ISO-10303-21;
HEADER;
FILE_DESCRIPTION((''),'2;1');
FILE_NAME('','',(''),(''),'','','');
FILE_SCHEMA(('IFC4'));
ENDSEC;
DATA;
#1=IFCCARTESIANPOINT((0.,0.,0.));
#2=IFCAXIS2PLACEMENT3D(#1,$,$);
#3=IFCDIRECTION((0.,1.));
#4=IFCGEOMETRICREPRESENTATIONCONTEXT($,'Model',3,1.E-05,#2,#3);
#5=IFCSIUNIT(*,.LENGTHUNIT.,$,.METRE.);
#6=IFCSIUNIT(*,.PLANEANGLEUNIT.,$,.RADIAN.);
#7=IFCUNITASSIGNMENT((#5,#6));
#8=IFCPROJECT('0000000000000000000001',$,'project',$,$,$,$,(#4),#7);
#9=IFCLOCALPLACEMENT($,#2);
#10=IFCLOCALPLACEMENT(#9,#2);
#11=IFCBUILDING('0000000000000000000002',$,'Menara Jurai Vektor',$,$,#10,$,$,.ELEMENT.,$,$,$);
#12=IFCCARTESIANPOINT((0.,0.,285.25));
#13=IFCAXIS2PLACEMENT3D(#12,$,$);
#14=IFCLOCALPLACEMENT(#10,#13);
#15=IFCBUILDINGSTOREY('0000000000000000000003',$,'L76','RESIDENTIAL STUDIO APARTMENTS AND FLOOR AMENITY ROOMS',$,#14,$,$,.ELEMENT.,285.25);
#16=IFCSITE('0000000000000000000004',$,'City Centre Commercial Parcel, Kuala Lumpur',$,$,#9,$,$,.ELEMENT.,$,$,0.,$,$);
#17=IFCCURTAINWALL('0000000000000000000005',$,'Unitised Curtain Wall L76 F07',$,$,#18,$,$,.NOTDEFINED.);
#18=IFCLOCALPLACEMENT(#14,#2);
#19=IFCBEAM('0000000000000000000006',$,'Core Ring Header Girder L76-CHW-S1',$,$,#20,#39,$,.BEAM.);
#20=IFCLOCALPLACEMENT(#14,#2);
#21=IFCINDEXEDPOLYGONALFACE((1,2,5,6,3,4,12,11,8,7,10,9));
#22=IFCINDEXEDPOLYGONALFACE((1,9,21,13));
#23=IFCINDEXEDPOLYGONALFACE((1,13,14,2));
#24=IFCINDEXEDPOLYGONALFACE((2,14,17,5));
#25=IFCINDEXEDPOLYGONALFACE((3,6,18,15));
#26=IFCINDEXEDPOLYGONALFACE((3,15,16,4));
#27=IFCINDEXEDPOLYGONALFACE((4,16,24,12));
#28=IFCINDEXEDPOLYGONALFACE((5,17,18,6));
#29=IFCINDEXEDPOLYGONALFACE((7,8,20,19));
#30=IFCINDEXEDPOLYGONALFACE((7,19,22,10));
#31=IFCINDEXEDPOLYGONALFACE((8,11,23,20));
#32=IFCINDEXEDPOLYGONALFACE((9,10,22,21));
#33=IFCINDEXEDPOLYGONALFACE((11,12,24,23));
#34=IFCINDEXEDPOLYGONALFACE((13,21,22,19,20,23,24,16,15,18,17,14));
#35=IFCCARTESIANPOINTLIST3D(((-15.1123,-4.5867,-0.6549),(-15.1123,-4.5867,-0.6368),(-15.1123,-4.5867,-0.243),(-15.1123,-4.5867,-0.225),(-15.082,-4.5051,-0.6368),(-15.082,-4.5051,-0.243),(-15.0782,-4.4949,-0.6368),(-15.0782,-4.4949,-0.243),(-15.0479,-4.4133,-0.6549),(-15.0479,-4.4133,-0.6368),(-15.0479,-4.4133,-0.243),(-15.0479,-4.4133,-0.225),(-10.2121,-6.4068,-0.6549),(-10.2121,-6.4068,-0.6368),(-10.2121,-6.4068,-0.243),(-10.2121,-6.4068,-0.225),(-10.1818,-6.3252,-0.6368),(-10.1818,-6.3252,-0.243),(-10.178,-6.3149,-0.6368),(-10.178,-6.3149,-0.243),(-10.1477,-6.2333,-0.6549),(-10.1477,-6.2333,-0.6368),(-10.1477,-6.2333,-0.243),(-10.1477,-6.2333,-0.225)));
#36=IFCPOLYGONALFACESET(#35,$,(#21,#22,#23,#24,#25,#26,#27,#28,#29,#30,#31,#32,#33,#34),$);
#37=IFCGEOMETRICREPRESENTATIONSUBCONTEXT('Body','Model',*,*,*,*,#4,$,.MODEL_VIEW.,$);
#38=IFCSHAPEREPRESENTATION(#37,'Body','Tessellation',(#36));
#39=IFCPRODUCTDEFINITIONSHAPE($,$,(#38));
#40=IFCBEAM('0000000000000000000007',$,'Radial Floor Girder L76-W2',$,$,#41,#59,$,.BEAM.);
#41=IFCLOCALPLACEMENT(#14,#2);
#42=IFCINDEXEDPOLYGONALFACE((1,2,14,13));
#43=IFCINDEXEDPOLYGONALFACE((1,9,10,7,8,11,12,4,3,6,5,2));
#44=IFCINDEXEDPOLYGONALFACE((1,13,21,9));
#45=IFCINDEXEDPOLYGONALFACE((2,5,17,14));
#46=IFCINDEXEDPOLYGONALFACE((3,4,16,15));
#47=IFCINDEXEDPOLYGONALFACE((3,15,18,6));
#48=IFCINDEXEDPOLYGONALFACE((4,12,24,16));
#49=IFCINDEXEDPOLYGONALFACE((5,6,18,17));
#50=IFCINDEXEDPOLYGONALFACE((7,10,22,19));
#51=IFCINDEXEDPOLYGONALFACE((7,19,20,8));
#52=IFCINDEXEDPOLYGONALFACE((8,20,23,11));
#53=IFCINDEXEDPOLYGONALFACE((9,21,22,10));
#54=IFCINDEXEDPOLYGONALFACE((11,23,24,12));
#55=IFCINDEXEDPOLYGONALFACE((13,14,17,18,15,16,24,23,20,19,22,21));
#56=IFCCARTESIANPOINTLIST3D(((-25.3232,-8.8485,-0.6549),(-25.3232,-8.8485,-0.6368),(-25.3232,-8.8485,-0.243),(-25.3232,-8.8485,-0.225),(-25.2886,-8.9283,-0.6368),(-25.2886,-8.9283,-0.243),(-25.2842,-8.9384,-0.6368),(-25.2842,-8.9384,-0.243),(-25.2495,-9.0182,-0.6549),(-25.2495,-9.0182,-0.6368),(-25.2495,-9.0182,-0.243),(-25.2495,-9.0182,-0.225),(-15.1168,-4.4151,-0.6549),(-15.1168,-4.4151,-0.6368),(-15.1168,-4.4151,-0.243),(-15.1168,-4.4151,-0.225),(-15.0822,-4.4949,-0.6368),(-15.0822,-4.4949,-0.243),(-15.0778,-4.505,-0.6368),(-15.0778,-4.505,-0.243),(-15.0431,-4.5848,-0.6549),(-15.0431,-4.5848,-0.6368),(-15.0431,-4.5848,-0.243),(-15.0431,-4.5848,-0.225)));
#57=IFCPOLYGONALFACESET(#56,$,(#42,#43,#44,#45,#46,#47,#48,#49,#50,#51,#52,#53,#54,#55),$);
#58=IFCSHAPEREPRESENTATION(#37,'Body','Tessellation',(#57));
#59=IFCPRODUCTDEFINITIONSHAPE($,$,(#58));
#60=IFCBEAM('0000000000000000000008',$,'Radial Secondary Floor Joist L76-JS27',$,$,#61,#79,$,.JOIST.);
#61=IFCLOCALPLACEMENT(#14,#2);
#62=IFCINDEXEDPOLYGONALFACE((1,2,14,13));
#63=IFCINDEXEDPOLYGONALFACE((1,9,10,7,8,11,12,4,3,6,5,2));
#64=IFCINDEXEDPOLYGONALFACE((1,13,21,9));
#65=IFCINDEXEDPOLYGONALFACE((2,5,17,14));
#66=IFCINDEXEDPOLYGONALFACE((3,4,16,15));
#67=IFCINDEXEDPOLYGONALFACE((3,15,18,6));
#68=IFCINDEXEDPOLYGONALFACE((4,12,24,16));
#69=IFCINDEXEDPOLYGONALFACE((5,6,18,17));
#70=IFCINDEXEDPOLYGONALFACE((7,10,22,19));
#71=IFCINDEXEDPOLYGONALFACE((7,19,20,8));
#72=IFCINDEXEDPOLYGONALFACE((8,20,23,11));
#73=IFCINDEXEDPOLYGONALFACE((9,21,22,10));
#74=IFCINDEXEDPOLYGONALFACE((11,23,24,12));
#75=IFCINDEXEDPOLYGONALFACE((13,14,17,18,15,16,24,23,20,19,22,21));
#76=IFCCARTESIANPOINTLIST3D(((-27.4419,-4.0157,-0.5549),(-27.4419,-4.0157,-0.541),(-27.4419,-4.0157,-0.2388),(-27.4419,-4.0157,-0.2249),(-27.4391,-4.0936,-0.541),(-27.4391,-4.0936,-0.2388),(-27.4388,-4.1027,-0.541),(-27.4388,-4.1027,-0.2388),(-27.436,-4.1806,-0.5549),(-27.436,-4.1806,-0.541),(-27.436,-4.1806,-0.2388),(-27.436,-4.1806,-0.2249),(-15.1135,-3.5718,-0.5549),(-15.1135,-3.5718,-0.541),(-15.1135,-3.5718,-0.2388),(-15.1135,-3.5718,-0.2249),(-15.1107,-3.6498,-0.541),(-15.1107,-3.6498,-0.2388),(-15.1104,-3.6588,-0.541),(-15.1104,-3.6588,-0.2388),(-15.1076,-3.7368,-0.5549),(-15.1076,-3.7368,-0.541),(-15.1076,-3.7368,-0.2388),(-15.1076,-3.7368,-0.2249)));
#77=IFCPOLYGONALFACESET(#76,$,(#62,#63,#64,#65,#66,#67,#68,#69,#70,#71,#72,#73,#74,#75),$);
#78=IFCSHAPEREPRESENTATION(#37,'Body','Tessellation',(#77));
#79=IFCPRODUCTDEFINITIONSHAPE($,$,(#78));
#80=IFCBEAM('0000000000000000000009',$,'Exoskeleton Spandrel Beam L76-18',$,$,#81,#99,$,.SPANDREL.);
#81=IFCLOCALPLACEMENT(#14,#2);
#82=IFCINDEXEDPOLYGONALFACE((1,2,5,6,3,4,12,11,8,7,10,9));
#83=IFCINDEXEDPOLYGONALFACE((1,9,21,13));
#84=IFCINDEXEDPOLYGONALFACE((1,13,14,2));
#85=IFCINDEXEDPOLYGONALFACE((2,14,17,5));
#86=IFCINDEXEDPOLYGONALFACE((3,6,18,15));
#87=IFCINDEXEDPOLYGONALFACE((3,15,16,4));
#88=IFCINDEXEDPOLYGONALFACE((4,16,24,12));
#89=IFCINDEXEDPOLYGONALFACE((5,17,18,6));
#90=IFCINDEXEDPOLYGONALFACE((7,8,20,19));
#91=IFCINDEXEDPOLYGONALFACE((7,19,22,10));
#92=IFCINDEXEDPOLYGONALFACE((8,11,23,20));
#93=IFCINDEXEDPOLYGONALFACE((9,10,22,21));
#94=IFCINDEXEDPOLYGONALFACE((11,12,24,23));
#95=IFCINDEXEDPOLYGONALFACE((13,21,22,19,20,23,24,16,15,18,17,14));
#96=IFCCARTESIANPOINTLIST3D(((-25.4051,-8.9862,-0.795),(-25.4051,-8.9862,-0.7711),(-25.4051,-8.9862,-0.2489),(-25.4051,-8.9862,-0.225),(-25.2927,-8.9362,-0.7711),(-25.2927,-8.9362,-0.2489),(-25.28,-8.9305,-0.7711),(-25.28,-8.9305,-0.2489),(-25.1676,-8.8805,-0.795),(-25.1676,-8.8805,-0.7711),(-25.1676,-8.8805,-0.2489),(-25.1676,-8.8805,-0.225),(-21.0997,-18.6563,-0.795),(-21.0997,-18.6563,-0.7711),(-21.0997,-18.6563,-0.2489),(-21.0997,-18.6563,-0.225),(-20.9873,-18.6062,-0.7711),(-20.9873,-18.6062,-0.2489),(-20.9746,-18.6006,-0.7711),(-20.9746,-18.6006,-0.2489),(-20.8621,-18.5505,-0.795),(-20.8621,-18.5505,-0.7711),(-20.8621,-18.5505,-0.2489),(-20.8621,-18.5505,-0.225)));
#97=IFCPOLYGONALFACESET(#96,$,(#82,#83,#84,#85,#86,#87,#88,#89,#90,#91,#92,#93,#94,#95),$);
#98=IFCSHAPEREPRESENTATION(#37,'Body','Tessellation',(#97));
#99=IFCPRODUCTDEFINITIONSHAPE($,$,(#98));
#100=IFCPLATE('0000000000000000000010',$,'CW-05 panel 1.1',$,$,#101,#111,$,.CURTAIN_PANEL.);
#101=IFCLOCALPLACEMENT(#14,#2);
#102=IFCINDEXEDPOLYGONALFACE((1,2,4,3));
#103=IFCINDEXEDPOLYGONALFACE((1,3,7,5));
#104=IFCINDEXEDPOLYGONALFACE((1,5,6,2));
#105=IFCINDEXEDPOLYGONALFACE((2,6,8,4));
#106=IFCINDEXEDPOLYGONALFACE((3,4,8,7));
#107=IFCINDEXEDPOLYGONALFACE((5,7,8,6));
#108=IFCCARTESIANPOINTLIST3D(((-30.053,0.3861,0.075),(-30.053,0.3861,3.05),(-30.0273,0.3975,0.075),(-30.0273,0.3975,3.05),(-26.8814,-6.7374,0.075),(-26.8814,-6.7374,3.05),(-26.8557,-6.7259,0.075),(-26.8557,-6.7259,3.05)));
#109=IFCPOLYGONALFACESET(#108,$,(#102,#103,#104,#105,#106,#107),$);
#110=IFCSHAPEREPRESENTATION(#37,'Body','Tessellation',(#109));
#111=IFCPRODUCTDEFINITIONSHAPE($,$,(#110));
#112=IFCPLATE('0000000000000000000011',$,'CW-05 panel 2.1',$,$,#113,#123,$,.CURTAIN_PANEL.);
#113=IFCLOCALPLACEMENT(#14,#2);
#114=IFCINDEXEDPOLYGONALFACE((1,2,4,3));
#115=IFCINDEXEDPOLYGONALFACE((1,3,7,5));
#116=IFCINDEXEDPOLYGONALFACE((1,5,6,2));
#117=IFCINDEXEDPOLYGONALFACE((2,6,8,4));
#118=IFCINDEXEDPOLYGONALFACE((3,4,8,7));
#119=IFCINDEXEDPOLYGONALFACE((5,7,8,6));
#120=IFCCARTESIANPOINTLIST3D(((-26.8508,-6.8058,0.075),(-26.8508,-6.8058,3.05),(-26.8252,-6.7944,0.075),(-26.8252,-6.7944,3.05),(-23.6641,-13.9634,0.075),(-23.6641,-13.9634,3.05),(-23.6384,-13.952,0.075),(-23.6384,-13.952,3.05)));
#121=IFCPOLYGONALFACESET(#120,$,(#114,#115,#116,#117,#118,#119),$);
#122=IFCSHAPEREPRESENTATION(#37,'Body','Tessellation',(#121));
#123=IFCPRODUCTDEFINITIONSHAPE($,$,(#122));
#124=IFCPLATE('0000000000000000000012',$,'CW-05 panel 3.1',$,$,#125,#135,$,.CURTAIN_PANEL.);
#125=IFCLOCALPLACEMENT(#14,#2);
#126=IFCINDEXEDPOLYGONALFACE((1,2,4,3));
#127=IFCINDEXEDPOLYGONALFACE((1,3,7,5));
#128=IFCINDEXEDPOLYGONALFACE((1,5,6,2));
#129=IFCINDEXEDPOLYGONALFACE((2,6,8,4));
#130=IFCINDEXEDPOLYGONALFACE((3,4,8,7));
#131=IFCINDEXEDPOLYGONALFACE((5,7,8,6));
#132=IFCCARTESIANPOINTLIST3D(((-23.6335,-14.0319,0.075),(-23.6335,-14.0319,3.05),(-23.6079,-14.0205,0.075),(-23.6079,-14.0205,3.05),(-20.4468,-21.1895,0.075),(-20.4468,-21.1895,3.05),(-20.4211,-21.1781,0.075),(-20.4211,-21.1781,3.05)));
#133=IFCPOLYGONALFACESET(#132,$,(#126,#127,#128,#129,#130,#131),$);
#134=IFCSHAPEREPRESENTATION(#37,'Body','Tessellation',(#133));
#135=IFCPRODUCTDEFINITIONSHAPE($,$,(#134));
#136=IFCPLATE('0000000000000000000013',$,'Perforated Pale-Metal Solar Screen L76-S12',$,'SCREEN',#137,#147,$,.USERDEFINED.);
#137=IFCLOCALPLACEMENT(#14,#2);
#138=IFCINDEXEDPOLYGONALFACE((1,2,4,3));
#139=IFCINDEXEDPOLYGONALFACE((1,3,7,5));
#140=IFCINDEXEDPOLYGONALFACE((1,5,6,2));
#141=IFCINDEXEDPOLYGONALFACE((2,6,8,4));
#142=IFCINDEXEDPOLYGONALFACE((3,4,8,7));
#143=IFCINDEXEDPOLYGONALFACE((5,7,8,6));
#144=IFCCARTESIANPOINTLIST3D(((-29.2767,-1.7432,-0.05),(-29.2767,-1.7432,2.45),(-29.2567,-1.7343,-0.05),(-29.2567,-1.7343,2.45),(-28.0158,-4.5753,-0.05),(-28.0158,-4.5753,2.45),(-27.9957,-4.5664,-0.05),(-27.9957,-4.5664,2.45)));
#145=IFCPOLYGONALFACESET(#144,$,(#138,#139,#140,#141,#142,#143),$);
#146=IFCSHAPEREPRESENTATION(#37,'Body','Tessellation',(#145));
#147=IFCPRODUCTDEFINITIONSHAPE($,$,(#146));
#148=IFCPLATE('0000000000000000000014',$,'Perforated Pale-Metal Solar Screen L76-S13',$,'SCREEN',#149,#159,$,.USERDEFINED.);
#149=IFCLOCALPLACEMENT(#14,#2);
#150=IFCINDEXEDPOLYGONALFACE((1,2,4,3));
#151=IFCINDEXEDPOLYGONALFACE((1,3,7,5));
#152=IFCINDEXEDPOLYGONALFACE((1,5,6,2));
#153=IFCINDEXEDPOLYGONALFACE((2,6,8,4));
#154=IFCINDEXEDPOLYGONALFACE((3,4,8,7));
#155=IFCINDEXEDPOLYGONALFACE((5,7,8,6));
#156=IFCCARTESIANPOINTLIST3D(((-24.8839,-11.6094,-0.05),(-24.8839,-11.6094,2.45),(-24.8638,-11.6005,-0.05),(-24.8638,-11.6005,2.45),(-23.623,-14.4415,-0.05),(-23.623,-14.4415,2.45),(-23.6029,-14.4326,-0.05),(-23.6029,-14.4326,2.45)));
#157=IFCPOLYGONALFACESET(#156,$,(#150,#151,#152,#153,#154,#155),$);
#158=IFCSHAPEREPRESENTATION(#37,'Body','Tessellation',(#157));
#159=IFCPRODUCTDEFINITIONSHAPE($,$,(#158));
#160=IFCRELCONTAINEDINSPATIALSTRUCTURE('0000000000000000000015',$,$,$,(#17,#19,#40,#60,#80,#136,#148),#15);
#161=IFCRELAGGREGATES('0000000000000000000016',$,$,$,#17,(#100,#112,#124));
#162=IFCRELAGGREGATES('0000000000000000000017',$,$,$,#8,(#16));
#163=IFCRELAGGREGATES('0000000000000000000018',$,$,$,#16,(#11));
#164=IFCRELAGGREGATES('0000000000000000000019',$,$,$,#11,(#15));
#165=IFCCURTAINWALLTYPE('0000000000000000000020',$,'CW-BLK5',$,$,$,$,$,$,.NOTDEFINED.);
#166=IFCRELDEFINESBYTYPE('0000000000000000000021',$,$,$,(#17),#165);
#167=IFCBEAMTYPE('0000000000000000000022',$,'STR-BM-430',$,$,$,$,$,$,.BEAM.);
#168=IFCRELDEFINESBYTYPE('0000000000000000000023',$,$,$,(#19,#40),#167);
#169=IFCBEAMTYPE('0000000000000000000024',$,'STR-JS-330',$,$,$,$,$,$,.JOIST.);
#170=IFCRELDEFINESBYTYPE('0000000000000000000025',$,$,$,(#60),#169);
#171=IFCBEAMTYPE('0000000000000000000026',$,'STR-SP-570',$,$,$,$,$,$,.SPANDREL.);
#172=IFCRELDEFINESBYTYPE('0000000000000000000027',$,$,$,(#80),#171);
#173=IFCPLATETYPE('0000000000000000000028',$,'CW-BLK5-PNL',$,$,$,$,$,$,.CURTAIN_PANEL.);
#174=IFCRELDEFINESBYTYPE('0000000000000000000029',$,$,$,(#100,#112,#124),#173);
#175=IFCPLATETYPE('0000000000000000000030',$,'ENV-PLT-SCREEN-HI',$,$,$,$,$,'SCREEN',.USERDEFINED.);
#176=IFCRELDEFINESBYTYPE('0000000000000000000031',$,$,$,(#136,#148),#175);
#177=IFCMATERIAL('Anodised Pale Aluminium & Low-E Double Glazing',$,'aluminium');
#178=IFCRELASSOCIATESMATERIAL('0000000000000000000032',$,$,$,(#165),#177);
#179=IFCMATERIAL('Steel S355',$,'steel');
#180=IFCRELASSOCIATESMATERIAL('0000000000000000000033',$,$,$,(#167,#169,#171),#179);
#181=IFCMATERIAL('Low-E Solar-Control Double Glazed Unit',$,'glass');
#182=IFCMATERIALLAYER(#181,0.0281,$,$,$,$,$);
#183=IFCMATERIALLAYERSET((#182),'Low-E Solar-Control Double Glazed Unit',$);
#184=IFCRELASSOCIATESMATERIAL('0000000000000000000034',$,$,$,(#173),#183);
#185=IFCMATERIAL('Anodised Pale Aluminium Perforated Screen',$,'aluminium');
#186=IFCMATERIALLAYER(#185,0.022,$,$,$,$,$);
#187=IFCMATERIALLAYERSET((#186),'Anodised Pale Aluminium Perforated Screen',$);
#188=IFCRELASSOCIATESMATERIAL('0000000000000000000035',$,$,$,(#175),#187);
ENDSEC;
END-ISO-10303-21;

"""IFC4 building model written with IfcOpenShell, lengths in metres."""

from ifc_helpers import new_model, si_unit, direction, frame, origin, origin_2d, place, context, subcontext, project, spatial, rectangle, i_section, extrude, material, layer, layer_set, material_profile, profile_set, type_object, element, aggregate, save


model = new_model("IFC4")

# Units and contexts
model_context = context("Model", 3, precision=1e-05, world=origin(), true_north=direction((0.0, 1.0)))
body_context = subcontext(model_context, "Body", "Model", "MODEL_VIEW")
ifc_project = project(units=[si_unit("LENGTHUNIT", "METRE"), si_unit("PLANEANGLEUNIT", "RADIAN")], contexts=[model_context])

# Site, building, storey
site_placement = place(None, origin())
site = spatial("IfcSite", under=ifc_project, at=site_placement, Name="City Centre Commercial Parcel, Kuala Lumpur", CompositionType="ELEMENT", RefElevation=0.0)
building_placement = place(site_placement, origin())
building = spatial("IfcBuilding", under=site, at=building_placement, Name="Menara Jurai Vektor", CompositionType="ELEMENT")
storey_placement = place(building_placement, frame((0.0, 0.0, 285.25)))
storey = spatial("IfcBuildingStorey", under=building, at=storey_placement, Name="L76", Description="RESIDENTIAL STUDIO APARTMENTS AND FLOOR AMENITY ROOMS", CompositionType="ELEMENT", Elevation=285.25)

# Curtain wall
ifc_material_1 = material(Name="Anodised Pale Aluminium & Low-E Double Glazing", Category="aluminium")
curtain_wall_type = type_object("IfcCurtainWallType", Name="CW-BLK5", PredefinedType="NOTDEFINED", material=ifc_material_1)
curtain_wall_placement = place(storey_placement, origin())
curtain_wall = element("IfcCurtainWall", 1, at=curtain_wall_placement, inside=storey, type_object=curtain_wall_type, Name="Unitised Curtain Wall L76 F07", PredefinedType="NOTDEFINED")

# Beams
ifc_material_2 = material(Name="Steel S355", Category="steel")
ifc_material_profile_1 = material_profile(ifc_material_2, i_section(OverallWidth=0.1851, OverallDepth=0.4299, WebThickness=0.011, FlangeThickness=0.0181, at=origin_2d()), Name="PG 430x185x76")
ifc_profile_set_1 = profile_set([ifc_material_profile_1], Name="Steel S355")
beam_type_1 = type_object("IfcBeamType", Name="STR-BM-430", PredefinedType="BEAM", material=ifc_profile_set_1)
beam_1_placement = place(storey_placement, frame((-15.0801, -4.5, -0.4399), z_axis=(0.937424, -0.348189, 0.0), x_axis=(0.348189, 0.937424, 0.0)))
element("IfcBeam", 2, at=beam_1_placement, inside=storey, type_object=beam_type_1, Name="Core Ring Header Girder L76-CHW-S1", PredefinedType="BEAM", context=body_context, shape_type="SweptSolid", body=[
    extrude(i_section(OverallWidth=0.1851, OverallDepth=0.4299, WebThickness=0.011, FlangeThickness=0.0181, at=origin_2d()), origin(), (0.0, 0.0, 1.0), 5.2273),
])
beam_2_placement = place(storey_placement, frame((-25.2864, -8.9333, -0.4399), z_axis=(0.917207, 0.398411, 0.0), x_axis=(-0.398411, 0.917207, 0.0)))
element("IfcBeam", 3, at=beam_2_placement, inside=storey, type_object=beam_type_1, Name="Radial Floor Girder L76-W2", PredefinedType="BEAM", context=body_context, shape_type="SweptSolid", body=[
    extrude(i_section(OverallWidth=0.1851, OverallDepth=0.4299, WebThickness=0.011, FlangeThickness=0.0181, at=origin_2d()), origin(), (0.0, 0.0, 1.0), 11.1277),
])
ifc_material_profile_2 = material_profile(ifc_material_2, i_section(OverallWidth=0.165, OverallDepth=0.3301, WebThickness=0.009, FlangeThickness=0.0139, at=origin_2d()), Name="PG 330x165x46")
ifc_profile_set_2 = profile_set([ifc_material_profile_2], Name="Steel S355")
beam_type_2 = type_object("IfcBeamType", Name="STR-JS-330", PredefinedType="JOIST", material=ifc_profile_set_2)
beam_3_placement = place(storey_placement, frame((-27.439, -4.0981, -0.3899), z_axis=(0.999353, 0.035979, 0.0), x_axis=(-0.035979, 0.999353, 0.0)))
element("IfcBeam", 4, at=beam_3_placement, inside=storey, type_object=beam_type_2, Name="Radial Secondary Floor Joist L76-JS27", PredefinedType="JOIST", context=body_context, shape_type="SweptSolid", body=[
    extrude(i_section(OverallWidth=0.165, OverallDepth=0.3301, WebThickness=0.009, FlangeThickness=0.0139, at=origin_2d()), origin(), (0.0, 0.0, 1.0), 12.3364),
])
ifc_material_profile_3 = material_profile(ifc_material_2, i_section(OverallWidth=0.26, OverallDepth=0.5701, WebThickness=0.0139, FlangeThickness=0.0239, at=origin_2d()), Name="PG 570x260x145")
ifc_profile_set_3 = profile_set([ifc_material_profile_3], Name="Steel S355")
beam_type_3 = type_object("IfcBeamType", Name="STR-SP-570", PredefinedType="SPANDREL", material=ifc_profile_set_3)
beam_4_placement = place(storey_placement, frame((-25.2864, -8.9333, -0.51), z_axis=(0.406744, -0.913542, 0.0), x_axis=(0.913542, 0.406744, 0.0)))
element("IfcBeam", 5, at=beam_4_placement, inside=storey, type_object=beam_type_3, Name="Exoskeleton Spandrel Beam L76-18", PredefinedType="SPANDREL", context=body_context, shape_type="SweptSolid", body=[
    extrude(i_section(OverallWidth=0.26, OverallDepth=0.5701, WebThickness=0.0139, FlangeThickness=0.0239, at=origin_2d()), origin(), (0.0, 0.0, 1.0), 10.5852),
])

# Plates
ifc_material_3 = material(Name="Low-E Solar-Control Double Glazed Unit", Category="glass")
ifc_layer_1 = layer(ifc_material_3, 0.0281)
ifc_layer_set_1 = layer_set([ifc_layer_1], Name="Low-E Solar-Control Double Glazed Unit")
plate_type_1 = type_object("IfcPlateType", Name="CW-BLK5-PNL", PredefinedType="CURTAIN_PANEL", material=ifc_layer_set_1)
plate_1_placement = place(storey_placement, frame((-28.4543, -3.1699, 0.075), z_axis=(0.0, 0.0, 1.0), x_axis=(0.406735, -0.913546, 0.0)))
plate_1 = element("IfcPlate", 6, at=plate_1_placement, type_object=plate_type_1, Name="CW-05 panel 1.1", PredefinedType="CURTAIN_PANEL", context=body_context, shape_type="SweptSolid", body=[
    extrude(rectangle(XDim=7.7976, YDim=0.0281, at=origin_2d()), origin(), (0.0, 0.0, 1.0), 2.9751),
])
plate_2_placement = place(storey_placement, frame((-25.2446, -10.3789, 0.075), z_axis=(0.0, 0.0, 1.0), x_axis=(0.406735, -0.913546, 0.0)))
plate_2 = element("IfcPlate", 7, at=plate_2_placement, type_object=plate_type_1, Name="CW-05 panel 2.1", PredefinedType="CURTAIN_PANEL", context=body_context, shape_type="SweptSolid", body=[
    extrude(rectangle(XDim=7.835, YDim=0.0281, at=origin_2d()), origin(), (0.0, 0.0, 1.0), 2.9751),
])
plate_3_placement = place(storey_placement, frame((-22.0273, -17.605, 0.075), z_axis=(0.0, 0.0, 1.0), x_axis=(0.406735, -0.913546, 0.0)))
plate_3 = element("IfcPlate", 8, at=plate_3_placement, type_object=plate_type_1, Name="CW-05 panel 3.1", PredefinedType="CURTAIN_PANEL", context=body_context, shape_type="SweptSolid", body=[
    extrude(rectangle(XDim=7.835, YDim=0.0281, at=origin_2d()), origin(), (0.0, 0.0, 1.0), 2.9751),
])
aggregate(curtain_wall, [plate_1, plate_2, plate_3])

# Plates
ifc_material_4 = material(Name="Anodised Pale Aluminium Perforated Screen", Category="aluminium")
ifc_layer_2 = layer(ifc_material_4, 0.022)
ifc_layer_set_2 = layer_set([ifc_layer_2], Name="Anodised Pale Aluminium Perforated Screen")
plate_type_2 = type_object("IfcPlateType", Name="ENV-PLT-SCREEN-HI", ElementType="SCREEN", PredefinedType="USERDEFINED", material=ifc_layer_set_2)
for number, where, z_axis, x_axis, name in (
    (9, (-28.6362, -3.1548, -0.05), (0.0, 0.0, 1.0), (0.406737, -0.913545, 0.0), "Perforated Pale-Metal Solar Screen L76-S12"),
    (10, (-24.2434, -13.021, -0.05), (0.0, 0.0, 1.0), (0.406737, -0.913545, 0.0), "Perforated Pale-Metal Solar Screen L76-S13"),
):
    element("IfcPlate", number, at=place(storey_placement, frame(where, z_axis=z_axis, x_axis=x_axis)), inside=storey, type_object=plate_type_2, Name=name, ObjectType="SCREEN", PredefinedType="USERDEFINED", context=body_context, shape_type="SweptSolid", body=[
        extrude(rectangle(XDim=3.1001, YDim=0.022, at=origin_2d()), origin(), (0.0, 0.0, 1.0), 2.5),
    ])

save(model, "model.ifc")
